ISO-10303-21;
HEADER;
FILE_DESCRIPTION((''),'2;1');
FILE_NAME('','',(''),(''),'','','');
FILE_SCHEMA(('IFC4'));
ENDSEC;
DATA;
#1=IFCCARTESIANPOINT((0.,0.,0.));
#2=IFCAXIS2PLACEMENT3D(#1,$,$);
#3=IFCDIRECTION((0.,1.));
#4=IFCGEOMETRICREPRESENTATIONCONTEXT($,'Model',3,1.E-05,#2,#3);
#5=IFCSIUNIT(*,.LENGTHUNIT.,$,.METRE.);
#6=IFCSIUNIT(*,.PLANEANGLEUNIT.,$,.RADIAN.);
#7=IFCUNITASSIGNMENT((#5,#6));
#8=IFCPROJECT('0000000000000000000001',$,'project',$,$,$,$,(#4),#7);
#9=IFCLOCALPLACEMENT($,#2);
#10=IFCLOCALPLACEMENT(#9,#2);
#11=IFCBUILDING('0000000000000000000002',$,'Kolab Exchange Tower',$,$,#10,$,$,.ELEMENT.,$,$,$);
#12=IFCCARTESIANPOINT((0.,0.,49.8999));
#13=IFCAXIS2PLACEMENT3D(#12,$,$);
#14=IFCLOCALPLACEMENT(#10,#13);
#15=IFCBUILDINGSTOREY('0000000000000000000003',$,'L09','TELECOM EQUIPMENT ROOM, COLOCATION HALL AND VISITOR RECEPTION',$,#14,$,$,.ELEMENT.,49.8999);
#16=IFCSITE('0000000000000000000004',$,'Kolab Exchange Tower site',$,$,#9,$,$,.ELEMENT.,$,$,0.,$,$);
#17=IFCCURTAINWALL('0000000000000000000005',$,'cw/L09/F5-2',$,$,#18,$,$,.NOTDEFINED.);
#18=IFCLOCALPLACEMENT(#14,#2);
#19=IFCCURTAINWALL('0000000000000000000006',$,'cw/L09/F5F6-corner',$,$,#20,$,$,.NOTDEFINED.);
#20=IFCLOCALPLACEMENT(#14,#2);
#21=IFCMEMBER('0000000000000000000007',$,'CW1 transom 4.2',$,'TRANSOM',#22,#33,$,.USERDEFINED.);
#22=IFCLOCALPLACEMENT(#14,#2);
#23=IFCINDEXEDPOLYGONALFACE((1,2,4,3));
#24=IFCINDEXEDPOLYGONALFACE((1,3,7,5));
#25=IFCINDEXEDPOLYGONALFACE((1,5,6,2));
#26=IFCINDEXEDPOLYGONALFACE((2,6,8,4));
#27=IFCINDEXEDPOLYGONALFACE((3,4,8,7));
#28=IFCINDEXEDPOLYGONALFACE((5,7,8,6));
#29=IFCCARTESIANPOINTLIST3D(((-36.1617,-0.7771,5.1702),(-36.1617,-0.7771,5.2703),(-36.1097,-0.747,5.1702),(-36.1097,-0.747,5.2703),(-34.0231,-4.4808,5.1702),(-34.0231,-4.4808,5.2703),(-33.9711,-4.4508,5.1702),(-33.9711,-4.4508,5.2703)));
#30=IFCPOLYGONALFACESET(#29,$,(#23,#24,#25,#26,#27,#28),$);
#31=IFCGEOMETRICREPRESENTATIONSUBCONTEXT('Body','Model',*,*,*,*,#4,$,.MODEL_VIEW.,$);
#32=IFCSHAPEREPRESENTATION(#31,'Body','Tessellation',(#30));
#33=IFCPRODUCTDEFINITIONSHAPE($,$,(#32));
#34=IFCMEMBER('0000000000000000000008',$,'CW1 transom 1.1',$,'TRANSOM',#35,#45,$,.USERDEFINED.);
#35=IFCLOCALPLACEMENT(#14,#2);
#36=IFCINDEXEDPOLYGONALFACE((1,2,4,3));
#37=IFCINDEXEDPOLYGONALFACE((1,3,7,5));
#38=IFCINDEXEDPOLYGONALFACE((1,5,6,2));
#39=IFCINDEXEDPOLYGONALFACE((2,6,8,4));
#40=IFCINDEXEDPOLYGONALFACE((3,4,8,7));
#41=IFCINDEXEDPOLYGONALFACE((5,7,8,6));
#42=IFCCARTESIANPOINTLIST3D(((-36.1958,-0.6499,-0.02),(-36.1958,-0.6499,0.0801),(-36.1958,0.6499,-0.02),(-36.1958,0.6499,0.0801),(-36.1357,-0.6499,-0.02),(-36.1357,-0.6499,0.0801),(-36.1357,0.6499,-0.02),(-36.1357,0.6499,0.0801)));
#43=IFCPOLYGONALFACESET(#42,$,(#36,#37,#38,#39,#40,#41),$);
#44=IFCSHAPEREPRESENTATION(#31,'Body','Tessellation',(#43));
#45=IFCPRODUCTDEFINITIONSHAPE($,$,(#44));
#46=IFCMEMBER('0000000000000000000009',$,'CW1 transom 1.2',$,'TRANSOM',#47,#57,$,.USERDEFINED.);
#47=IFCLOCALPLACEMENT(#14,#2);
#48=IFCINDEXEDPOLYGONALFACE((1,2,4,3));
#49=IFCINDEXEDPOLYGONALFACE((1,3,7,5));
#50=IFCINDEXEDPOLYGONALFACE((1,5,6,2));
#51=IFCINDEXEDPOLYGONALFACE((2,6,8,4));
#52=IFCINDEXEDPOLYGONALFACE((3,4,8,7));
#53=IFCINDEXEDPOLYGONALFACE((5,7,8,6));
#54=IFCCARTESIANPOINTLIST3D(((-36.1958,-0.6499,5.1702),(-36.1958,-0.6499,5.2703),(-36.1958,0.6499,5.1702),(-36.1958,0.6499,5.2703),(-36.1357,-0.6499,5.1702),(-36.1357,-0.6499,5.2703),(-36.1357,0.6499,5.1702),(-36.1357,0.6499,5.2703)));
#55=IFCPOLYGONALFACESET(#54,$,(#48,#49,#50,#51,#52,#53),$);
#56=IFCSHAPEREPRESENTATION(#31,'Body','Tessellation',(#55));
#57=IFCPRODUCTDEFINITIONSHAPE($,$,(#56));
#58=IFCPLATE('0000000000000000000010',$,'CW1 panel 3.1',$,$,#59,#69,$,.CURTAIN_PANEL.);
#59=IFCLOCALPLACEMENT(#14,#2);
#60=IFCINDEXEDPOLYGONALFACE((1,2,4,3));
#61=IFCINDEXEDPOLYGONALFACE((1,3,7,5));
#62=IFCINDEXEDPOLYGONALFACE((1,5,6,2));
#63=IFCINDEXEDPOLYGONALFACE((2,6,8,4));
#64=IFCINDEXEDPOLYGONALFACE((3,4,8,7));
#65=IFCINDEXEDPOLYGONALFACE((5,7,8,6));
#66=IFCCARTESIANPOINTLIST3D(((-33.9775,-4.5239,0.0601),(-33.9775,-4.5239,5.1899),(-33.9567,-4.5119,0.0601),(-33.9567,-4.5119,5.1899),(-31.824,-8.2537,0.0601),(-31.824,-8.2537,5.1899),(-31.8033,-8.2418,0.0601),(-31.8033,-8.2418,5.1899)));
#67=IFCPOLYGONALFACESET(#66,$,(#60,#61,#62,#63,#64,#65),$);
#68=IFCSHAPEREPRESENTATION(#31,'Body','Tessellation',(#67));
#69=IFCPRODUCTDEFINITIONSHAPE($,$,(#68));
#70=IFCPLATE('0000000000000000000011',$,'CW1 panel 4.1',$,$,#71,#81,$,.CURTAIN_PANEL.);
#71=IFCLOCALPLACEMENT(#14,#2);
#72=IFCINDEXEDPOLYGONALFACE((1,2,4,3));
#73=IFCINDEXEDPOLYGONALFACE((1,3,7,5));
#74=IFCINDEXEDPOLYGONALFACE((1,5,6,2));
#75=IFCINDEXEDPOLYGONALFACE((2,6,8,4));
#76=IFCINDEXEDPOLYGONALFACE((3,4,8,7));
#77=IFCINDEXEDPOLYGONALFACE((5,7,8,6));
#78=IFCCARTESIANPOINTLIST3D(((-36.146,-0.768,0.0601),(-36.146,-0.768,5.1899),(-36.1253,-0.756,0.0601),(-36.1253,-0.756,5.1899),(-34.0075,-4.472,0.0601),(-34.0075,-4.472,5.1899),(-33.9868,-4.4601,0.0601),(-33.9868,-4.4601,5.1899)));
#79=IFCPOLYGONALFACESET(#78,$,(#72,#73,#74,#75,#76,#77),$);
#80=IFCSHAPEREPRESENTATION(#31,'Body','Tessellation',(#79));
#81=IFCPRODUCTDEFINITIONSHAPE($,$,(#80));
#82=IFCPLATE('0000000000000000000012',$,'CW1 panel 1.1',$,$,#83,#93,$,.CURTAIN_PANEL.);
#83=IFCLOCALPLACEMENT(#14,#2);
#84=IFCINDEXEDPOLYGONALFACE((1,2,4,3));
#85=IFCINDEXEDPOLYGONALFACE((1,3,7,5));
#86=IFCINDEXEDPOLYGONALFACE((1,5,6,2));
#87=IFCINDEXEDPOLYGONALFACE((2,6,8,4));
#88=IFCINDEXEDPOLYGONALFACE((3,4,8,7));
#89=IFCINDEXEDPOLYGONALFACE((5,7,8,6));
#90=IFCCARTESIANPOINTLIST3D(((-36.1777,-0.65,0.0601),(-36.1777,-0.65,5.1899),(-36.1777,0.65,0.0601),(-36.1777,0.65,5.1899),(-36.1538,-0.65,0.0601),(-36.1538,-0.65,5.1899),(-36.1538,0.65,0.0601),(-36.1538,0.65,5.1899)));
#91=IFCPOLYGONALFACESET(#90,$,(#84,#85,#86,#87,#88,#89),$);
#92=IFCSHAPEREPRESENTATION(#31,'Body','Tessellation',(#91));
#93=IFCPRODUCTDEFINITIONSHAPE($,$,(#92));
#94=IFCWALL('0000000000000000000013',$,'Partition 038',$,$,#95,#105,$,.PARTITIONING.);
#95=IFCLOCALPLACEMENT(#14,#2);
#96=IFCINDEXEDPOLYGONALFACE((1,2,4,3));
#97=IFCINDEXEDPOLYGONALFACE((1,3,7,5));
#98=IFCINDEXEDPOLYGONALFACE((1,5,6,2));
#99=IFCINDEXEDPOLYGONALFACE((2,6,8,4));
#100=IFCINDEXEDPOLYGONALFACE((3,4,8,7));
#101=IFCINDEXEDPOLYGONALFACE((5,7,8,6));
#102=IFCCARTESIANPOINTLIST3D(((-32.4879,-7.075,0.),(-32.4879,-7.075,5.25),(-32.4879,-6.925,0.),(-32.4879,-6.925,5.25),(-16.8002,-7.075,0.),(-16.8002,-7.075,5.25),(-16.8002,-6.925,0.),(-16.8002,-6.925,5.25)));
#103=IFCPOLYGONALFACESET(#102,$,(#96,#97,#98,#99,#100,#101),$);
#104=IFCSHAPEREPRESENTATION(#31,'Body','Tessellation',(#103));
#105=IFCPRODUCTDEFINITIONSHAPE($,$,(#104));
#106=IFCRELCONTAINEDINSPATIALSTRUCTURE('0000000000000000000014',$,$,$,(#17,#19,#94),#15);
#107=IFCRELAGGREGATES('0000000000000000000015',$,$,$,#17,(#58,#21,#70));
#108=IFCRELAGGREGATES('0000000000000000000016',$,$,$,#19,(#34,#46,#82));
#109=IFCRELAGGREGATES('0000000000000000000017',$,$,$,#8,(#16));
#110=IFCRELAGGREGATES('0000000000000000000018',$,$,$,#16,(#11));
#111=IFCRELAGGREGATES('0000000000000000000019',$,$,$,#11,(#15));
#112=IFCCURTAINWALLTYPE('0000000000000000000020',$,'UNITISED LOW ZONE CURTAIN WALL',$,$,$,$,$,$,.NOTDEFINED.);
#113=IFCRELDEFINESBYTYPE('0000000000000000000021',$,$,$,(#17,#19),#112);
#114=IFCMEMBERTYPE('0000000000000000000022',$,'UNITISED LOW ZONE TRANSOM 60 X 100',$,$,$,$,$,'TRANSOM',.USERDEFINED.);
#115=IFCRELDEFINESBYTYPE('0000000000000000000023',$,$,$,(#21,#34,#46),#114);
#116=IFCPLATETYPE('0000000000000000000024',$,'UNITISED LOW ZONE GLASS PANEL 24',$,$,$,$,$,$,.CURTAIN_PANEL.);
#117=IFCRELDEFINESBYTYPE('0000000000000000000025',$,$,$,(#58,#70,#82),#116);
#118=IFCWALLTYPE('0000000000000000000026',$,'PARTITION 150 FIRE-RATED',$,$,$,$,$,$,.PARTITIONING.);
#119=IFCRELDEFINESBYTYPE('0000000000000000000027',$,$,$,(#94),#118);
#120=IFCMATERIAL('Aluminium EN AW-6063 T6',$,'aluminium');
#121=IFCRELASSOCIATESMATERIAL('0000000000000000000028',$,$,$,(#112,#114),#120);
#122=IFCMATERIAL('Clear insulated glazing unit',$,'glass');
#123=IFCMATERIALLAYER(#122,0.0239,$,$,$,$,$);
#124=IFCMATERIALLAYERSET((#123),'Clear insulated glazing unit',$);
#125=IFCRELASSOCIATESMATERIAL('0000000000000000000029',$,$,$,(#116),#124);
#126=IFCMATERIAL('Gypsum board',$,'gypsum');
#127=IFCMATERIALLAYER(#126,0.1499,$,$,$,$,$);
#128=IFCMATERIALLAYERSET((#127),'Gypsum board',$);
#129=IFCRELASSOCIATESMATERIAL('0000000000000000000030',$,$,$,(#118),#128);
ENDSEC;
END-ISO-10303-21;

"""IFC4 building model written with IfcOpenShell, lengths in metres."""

from ifc_helpers import new_model, si_unit, direction, frame, frame_2d, origin, origin_2d, place, context, subcontext, project, spatial, rectangle, extrude, material, layer, layer_set, material_profile, profile_set, type_object, element, aggregate, save


model = new_model("IFC4")

# Units and contexts
model_context = context("Model", 3, precision=1e-05, world=origin(), true_north=direction((0.0, 1.0)))
body_context = subcontext(model_context, "Body", "Model", "MODEL_VIEW")
ifc_project = project(units=[si_unit("LENGTHUNIT", "METRE"), si_unit("PLANEANGLEUNIT", "RADIAN")], contexts=[model_context])

# Site, building, storey
site_placement = place(None, origin())
site = spatial("IfcSite", under=ifc_project, at=site_placement, Name="Kolab Exchange Tower site", CompositionType="ELEMENT", RefElevation=0.0)
building_placement = place(site_placement, origin())
building = spatial("IfcBuilding", under=site, at=building_placement, Name="Kolab Exchange Tower", CompositionType="ELEMENT")
storey_placement = place(building_placement, frame((0.0, 0.0, 49.8999)))
storey = spatial("IfcBuildingStorey", under=building, at=storey_placement, Name="L09", Description="TELECOM EQUIPMENT ROOM, COLOCATION HALL AND VISITOR RECEPTION", CompositionType="ELEMENT", Elevation=49.8999)

# Curtain wall
ifc_material_1 = material(Name="Aluminium EN AW-6063 T6", Category="aluminium")
curtain_wall_type = type_object("IfcCurtainWallType", Name="UNITISED LOW ZONE CURTAIN WALL", PredefinedType="NOTDEFINED", material=ifc_material_1)
curtain_wall_1_placement = place(storey_placement, origin())
curtain_wall_1 = element("IfcCurtainWall", 1, at=curtain_wall_1_placement, inside=storey, type_object=curtain_wall_type, Name="cw/L09/F5-2", PredefinedType="NOTDEFINED")

# Curtain wall
curtain_wall_2_placement = place(storey_placement, origin())
curtain_wall_2 = element("IfcCurtainWall", 2, at=curtain_wall_2_placement, inside=storey, type_object=curtain_wall_type, Name="cw/L09/F5F6-corner", PredefinedType="NOTDEFINED")

# Members
ifc_material_profile_1 = material_profile(ifc_material_1, rectangle(XDim=0.0601, YDim=0.1001, at=origin_2d()), Name="RECT 60X100")
ifc_profile_set_1 = profile_set([ifc_material_profile_1], Name="Aluminium EN AW-6063 T6")
member_type_1 = type_object("IfcMemberType", Name="UNITISED LOW ZONE TRANSOM 60 X 100", ElementType="TRANSOM", PredefinedType="USERDEFINED", material=ifc_profile_set_1)
member_1_placement = place(storey_placement, frame((-33.9971, -4.4658, 5.2202), z_axis=(-0.500044, 0.866, 0.0), x_axis=(-0.866, -0.500044, 0.0)))
member_1 = element("IfcMember", 3, at=member_1_placement, type_object=member_type_1, Name="CW1 transom 4.2", ObjectType="TRANSOM", PredefinedType="USERDEFINED", context=body_context, shape_type="SweptSolid", body=[
    extrude(rectangle(XDim=0.0601, YDim=0.1001, at=origin_2d()), origin(), (0.0, 0.0, 1.0), 4.2769),
])
member_2_placement = place(storey_placement, frame((-36.1658, -0.6499, 0.03), z_axis=(0.0, 1.0, 0.0), x_axis=(-1.0, 0.0, 0.0)))
member_2 = element("IfcMember", 4, at=member_2_placement, type_object=member_type_1, Name="CW1 transom 1.1", ObjectType="TRANSOM", PredefinedType="USERDEFINED", context=body_context, shape_type="SweptSolid", body=[
    extrude(rectangle(XDim=0.0601, YDim=0.1001, at=origin_2d()), origin(), (0.0, 0.0, 1.0), 1.2998),
])
member_3_placement = place(storey_placement, frame((-36.1658, -0.6499, 5.2202), z_axis=(0.0, 1.0, 0.0), x_axis=(-1.0, 0.0, 0.0)))
member_3 = element("IfcMember", 5, at=member_3_placement, type_object=member_type_1, Name="CW1 transom 1.2", ObjectType="TRANSOM", PredefinedType="USERDEFINED", context=body_context, shape_type="SweptSolid", body=[
    extrude(rectangle(XDim=0.0601, YDim=0.1001, at=origin_2d()), origin(), (0.0, 0.0, 1.0), 1.2998),
])

# Plates
ifc_material_2 = material(Name="Clear insulated glazing unit", Category="glass")
ifc_layer_1 = layer(ifc_material_2, 0.0239)
ifc_layer_set_1 = layer_set([ifc_layer_1], Name="Clear insulated glazing unit")
plate_type = type_object("IfcPlateType", Name="UNITISED LOW ZONE GLASS PANEL 24", PredefinedType="CURTAIN_PANEL", material=ifc_layer_set_1)
plate_1_placement = place(storey_placement, frame((-32.8904, -6.3828, 0.0601), z_axis=(0.0, 0.0, 1.0), x_axis=(-0.5, 0.866025, 0.0)))
plate_1 = element("IfcPlate", 6, at=plate_1_placement, type_object=plate_type, Name="CW1 panel 3.1", PredefinedType="CURTAIN_PANEL", context=body_context, shape_type="SweptSolid", body=[
    extrude(rectangle(XDim=4.3069, YDim=0.0239, at=origin_2d()), origin(), (0.0, 0.0, 1.0), 5.1299),
])
plate_2_placement = place(storey_placement, frame((-35.0664, -2.614, 0.0601), z_axis=(0.0, 0.0, 1.0), x_axis=(-0.5, 0.866025, 0.0)))
plate_2 = element("IfcPlate", 7, at=plate_2_placement, type_object=plate_type, Name="CW1 panel 4.1", PredefinedType="CURTAIN_PANEL", context=body_context, shape_type="SweptSolid", body=[
    extrude(rectangle(XDim=4.2771, YDim=0.0239, at=origin_2d()), origin(), (0.0, 0.0, 1.0), 5.1299),
])
aggregate(curtain_wall_1, [plate_1, member_1, plate_2])
plate_3_placement = place(storey_placement, frame((-36.1658, 0.0, 0.0601), z_axis=(0.0, 0.0, 1.0), x_axis=(0.0, 1.0, 0.0)))
plate_3 = element("IfcPlate", 8, at=plate_3_placement, type_object=plate_type, Name="CW1 panel 1.1", PredefinedType="CURTAIN_PANEL", context=body_context, shape_type="SweptSolid", body=[
    extrude(rectangle(XDim=1.3, YDim=0.0239, at=origin_2d()), origin(), (0.0, 0.0, 1.0), 5.1299),
])
aggregate(curtain_wall_2, [member_2, member_3, plate_3])

# Wall
ifc_material_3 = material(Name="Gypsum board", Category="gypsum")
ifc_layer_2 = layer(ifc_material_3, 0.1499)
ifc_layer_set_2 = layer_set([ifc_layer_2], Name="Gypsum board")
wall_type = type_object("IfcWallType", Name="PARTITION 150 FIRE-RATED", PredefinedType="PARTITIONING", material=ifc_layer_set_2)
wall_placement = place(storey_placement, frame((-32.4878, -7.0, 0.0), z_axis=(0.0, 0.0, 1.0), x_axis=(1.0, 0.0, 0.0)))
element("IfcWall", 9, at=wall_placement, inside=storey, type_object=wall_type, Name="Partition 038", PredefinedType="PARTITIONING", context=body_context, shape_type="SweptSolid", body=[
    extrude(rectangle(XDim=15.6877, YDim=0.1499, at=frame_2d((7.8438, 0.0))), origin(), (0.0, 0.0, 1.0), 5.25),
])

save(model, "model.ifc")
